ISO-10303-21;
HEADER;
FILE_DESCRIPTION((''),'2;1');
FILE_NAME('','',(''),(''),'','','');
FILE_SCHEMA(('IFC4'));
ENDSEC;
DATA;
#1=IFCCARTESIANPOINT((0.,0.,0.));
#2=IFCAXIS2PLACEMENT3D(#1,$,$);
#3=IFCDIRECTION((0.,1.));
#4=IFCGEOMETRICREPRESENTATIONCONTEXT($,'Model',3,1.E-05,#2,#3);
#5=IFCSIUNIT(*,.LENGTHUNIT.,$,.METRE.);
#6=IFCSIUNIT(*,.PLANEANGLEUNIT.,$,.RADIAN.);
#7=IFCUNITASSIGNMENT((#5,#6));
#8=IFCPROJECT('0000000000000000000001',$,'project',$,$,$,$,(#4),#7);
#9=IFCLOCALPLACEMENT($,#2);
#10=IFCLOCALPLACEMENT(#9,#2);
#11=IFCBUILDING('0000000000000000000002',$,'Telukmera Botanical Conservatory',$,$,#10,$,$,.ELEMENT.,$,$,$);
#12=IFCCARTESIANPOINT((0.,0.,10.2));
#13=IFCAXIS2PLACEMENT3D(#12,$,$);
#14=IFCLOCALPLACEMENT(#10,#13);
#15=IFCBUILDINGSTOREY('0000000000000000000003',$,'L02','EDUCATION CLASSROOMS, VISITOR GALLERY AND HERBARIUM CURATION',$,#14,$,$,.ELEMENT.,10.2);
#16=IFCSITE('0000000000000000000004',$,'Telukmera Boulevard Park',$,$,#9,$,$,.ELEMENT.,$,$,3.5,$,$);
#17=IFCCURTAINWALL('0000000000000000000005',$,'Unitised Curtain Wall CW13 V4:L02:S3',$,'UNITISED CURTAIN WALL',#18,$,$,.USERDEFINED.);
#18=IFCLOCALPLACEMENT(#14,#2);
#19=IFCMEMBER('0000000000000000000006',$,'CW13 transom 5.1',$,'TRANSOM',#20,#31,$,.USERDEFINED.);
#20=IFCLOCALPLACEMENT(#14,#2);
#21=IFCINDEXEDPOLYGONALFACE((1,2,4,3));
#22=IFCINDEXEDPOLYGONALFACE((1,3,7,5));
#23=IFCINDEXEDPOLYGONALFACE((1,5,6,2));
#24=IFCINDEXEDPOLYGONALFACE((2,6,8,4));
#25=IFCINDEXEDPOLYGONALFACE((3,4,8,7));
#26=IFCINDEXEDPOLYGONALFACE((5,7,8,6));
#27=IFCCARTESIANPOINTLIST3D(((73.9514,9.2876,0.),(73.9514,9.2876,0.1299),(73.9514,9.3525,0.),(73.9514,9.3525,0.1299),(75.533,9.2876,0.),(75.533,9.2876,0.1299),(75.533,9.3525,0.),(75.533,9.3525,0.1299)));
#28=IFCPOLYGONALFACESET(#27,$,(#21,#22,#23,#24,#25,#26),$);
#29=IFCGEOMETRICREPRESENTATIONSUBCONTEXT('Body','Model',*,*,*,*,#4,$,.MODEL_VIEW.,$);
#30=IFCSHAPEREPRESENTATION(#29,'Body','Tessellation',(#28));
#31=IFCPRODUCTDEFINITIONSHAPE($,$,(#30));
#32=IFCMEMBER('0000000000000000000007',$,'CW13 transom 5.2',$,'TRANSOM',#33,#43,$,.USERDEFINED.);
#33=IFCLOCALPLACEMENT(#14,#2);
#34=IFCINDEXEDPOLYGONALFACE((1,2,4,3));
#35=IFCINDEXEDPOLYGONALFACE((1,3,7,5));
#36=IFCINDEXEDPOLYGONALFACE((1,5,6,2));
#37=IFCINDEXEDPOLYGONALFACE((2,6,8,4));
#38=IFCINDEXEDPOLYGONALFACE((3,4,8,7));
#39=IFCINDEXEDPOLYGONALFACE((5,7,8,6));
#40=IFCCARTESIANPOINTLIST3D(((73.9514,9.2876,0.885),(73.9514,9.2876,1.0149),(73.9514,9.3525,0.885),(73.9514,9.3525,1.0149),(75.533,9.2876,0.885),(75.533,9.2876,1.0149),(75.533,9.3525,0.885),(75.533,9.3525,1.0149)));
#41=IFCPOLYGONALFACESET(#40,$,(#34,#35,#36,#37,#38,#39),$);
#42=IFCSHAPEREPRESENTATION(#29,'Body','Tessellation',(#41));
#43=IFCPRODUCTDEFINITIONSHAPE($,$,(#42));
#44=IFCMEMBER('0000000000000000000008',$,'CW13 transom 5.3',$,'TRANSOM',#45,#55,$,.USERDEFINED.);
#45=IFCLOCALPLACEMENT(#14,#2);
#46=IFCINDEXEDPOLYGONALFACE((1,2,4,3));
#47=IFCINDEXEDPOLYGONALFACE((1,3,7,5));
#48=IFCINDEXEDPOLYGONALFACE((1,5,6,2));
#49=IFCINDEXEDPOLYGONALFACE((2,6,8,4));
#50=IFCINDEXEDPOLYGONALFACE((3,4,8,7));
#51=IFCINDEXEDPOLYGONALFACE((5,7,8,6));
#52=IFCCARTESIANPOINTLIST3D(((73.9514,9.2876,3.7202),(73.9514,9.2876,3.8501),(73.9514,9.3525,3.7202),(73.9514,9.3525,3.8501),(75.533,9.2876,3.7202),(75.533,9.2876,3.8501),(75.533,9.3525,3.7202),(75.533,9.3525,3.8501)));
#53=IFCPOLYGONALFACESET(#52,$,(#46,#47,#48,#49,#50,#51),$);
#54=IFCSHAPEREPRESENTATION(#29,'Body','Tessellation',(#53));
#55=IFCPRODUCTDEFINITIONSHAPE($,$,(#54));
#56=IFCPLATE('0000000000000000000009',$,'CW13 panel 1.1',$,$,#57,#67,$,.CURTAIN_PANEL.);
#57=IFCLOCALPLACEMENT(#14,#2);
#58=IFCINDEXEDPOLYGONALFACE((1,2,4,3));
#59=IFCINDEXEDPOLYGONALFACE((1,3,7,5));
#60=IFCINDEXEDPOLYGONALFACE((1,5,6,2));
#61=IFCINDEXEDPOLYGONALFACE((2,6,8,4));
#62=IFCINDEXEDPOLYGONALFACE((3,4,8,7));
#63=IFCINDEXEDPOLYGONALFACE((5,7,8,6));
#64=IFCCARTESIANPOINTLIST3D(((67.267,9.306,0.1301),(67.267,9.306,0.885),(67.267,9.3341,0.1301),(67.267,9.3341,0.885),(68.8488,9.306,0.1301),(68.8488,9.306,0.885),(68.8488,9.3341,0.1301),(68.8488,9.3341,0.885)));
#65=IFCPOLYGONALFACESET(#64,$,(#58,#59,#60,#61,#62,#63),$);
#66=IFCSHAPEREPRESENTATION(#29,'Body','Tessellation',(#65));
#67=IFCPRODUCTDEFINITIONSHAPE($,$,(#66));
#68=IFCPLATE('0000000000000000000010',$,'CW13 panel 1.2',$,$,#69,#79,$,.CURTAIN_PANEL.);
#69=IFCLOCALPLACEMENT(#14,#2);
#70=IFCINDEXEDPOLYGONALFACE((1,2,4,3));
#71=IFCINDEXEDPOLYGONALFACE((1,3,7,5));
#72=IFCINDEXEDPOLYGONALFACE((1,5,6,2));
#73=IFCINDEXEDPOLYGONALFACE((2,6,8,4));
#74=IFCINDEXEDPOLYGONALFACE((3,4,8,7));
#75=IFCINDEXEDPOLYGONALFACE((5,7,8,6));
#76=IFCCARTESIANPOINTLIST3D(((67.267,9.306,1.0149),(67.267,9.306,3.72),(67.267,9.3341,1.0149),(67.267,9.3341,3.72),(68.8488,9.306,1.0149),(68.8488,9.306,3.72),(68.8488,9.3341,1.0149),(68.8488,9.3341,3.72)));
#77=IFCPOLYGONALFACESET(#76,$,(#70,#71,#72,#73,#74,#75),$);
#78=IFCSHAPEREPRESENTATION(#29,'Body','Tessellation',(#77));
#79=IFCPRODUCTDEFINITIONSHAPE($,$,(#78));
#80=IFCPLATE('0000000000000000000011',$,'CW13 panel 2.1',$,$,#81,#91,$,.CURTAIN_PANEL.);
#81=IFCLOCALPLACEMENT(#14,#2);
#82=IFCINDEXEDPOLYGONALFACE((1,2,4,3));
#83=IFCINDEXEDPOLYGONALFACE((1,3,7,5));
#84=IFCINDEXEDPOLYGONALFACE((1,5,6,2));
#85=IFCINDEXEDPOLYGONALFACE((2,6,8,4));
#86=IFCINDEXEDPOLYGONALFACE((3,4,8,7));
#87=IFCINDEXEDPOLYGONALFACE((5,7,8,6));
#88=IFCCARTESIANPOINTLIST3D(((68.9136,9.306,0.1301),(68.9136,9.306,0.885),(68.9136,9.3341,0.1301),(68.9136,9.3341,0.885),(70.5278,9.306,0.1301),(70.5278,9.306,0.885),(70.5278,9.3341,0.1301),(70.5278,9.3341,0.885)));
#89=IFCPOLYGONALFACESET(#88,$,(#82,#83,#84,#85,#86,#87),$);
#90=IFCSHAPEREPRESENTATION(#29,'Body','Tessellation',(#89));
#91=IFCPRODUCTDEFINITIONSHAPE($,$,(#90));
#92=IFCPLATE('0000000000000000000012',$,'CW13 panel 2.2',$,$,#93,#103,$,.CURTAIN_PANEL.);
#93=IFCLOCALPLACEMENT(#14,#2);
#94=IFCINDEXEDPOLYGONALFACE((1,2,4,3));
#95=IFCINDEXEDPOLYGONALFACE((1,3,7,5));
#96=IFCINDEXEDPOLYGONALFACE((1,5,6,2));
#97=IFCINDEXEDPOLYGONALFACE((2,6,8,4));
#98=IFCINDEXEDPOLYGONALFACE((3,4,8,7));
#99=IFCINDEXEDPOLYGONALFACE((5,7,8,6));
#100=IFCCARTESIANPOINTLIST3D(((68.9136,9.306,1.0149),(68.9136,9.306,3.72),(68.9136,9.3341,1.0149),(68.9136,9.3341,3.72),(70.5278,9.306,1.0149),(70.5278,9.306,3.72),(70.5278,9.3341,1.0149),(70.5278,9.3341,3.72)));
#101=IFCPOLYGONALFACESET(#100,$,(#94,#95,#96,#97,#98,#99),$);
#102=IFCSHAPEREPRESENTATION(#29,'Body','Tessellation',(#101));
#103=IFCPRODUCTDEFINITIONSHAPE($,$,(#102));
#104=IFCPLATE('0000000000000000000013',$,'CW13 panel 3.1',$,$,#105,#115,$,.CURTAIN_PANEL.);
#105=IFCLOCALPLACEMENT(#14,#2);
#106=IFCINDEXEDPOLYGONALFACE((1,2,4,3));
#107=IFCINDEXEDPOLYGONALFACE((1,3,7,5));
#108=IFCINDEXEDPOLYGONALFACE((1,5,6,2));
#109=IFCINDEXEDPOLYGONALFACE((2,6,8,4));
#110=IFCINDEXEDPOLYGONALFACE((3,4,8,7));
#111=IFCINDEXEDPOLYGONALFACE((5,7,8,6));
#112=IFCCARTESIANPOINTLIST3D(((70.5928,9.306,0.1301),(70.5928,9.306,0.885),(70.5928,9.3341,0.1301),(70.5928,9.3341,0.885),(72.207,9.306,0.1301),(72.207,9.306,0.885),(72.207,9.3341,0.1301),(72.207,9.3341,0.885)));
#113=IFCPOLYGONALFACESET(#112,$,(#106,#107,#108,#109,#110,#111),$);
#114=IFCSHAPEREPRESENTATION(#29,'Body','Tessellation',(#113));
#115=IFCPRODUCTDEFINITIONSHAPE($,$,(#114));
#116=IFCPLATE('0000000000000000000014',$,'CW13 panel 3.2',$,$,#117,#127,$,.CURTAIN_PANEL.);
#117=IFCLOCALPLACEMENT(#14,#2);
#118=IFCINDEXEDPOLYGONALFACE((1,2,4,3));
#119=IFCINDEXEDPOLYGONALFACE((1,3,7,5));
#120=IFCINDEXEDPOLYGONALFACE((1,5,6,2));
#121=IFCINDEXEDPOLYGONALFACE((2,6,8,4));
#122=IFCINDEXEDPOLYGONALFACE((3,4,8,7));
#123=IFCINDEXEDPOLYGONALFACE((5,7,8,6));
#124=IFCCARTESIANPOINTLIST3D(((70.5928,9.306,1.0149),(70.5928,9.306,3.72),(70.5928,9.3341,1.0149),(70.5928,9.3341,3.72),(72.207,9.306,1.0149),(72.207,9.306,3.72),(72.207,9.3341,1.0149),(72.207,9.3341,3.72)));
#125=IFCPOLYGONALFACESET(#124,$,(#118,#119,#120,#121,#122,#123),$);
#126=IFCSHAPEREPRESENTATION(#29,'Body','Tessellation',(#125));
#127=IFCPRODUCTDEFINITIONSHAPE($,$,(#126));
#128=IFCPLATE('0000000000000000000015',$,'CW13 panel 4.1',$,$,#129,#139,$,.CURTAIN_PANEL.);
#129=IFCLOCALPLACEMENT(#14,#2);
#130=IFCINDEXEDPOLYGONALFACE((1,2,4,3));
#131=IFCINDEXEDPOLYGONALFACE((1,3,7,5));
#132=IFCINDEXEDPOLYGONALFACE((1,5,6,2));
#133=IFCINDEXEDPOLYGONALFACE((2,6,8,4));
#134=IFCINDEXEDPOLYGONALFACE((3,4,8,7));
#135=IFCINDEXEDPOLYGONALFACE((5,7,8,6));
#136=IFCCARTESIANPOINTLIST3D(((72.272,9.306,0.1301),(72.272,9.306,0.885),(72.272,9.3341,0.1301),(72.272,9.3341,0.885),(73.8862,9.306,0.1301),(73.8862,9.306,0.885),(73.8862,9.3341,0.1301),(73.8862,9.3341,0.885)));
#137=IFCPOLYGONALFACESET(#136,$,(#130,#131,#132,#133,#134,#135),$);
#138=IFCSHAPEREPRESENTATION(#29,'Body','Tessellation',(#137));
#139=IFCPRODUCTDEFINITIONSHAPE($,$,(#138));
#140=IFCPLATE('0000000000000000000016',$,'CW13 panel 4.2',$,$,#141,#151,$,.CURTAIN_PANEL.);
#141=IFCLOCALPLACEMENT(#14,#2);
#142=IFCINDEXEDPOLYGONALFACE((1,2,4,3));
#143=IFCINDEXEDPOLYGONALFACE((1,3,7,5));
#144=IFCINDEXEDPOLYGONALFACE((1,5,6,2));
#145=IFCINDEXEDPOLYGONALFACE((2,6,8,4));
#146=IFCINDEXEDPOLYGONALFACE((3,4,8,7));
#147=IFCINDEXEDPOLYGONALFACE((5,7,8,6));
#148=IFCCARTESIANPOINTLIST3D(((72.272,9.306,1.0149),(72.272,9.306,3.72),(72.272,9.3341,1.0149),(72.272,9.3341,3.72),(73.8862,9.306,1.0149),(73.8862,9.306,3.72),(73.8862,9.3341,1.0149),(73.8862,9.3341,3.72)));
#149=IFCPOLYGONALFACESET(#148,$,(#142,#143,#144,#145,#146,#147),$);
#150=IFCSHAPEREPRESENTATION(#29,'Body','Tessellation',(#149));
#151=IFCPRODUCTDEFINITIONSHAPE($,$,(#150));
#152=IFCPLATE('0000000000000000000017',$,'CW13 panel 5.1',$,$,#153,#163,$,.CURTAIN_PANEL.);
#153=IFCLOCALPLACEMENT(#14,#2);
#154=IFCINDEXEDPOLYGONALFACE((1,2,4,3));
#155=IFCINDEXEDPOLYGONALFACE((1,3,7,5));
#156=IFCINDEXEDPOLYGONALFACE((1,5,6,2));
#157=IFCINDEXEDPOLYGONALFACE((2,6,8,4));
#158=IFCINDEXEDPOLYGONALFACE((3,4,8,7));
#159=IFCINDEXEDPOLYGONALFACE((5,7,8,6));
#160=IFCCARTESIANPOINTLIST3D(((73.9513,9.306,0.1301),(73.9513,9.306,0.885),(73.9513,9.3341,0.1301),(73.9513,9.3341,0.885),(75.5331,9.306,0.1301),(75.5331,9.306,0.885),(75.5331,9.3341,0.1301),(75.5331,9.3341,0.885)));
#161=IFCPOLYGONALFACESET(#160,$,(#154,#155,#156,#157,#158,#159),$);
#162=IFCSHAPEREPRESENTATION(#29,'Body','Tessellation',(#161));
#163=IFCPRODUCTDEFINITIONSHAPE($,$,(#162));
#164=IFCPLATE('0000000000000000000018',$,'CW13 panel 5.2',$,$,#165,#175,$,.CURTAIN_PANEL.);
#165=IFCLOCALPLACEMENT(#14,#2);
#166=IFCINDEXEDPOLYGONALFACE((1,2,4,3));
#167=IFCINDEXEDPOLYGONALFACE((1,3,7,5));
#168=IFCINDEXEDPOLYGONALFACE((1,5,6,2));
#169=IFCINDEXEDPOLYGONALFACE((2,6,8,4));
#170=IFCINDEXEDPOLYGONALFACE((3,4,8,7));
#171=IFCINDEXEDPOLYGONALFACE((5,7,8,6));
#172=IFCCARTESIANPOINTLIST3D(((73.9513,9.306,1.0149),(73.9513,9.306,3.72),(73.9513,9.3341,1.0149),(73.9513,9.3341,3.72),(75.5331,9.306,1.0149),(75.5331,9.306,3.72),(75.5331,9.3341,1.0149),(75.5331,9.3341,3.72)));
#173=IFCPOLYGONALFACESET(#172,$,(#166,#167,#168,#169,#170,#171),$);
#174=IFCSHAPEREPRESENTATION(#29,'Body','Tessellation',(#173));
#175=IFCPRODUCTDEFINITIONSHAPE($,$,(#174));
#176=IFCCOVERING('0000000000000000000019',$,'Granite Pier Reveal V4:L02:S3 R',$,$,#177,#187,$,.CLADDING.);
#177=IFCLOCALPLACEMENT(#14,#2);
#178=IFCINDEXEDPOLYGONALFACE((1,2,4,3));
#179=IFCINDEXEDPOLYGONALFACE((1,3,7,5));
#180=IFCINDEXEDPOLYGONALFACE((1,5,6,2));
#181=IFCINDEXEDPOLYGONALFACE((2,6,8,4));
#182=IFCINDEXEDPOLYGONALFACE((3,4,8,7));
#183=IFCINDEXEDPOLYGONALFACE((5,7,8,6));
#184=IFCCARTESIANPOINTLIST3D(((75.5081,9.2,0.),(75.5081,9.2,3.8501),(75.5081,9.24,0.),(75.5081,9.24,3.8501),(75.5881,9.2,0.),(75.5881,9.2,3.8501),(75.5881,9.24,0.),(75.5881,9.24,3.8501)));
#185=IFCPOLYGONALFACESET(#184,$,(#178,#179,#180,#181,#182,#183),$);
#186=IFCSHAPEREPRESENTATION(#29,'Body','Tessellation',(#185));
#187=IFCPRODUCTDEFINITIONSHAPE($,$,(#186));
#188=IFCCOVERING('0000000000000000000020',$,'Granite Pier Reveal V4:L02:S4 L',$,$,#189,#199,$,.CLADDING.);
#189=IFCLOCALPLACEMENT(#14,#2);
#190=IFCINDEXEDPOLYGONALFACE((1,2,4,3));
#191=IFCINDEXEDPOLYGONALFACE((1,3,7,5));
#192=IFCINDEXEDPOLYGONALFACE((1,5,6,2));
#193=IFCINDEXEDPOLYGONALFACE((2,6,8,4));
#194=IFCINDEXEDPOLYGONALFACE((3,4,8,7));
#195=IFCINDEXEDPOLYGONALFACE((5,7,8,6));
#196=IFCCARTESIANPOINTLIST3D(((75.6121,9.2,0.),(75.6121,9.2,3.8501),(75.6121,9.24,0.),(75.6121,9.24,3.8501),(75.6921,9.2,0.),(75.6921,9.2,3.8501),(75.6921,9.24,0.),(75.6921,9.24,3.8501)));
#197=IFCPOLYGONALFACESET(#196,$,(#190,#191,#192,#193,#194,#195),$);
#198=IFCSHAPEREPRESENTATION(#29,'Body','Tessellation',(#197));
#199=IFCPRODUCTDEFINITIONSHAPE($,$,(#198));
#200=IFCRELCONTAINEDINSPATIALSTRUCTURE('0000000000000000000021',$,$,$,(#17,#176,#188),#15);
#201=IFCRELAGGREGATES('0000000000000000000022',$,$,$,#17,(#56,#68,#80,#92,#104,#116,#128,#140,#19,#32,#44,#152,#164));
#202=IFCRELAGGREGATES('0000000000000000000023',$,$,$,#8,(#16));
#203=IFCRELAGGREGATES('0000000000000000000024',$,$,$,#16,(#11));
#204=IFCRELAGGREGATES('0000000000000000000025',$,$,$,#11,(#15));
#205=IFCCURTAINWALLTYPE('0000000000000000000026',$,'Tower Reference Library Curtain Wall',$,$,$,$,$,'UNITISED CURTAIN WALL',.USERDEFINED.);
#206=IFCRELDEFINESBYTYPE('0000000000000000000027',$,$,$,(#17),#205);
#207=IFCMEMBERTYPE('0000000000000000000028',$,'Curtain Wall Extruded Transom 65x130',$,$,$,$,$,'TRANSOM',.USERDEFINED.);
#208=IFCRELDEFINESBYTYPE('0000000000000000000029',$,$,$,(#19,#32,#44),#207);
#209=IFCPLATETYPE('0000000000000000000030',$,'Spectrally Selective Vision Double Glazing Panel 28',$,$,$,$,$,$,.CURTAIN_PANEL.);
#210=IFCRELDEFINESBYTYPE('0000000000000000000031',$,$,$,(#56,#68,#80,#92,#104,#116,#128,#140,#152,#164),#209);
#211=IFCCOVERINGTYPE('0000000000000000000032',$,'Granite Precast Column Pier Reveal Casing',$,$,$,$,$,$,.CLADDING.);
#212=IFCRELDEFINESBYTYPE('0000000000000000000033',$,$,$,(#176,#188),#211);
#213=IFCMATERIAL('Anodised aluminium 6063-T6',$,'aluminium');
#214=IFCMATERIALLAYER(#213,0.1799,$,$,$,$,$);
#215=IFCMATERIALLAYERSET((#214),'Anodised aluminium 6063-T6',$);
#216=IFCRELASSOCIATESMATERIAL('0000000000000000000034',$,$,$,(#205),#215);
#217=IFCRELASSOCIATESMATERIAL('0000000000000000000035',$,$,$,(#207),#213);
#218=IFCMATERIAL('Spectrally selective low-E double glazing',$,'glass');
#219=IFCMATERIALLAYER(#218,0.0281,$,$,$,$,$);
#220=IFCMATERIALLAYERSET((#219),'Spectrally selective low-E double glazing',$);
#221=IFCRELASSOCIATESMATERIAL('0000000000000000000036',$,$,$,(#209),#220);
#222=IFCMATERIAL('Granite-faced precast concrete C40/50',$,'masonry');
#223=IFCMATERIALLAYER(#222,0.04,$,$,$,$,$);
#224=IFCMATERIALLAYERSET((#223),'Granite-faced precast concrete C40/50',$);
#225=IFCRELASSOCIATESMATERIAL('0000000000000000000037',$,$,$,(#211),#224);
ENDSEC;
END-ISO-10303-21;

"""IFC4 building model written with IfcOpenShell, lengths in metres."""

from ifc_helpers import new_model, si_unit, direction, frame, origin, origin_2d, place, context, subcontext, project, spatial, rectangle, extrude, material, layer, layer_set, material_profile, profile_set, type_object, element, aggregate, save


model = new_model("IFC4")

# Units and contexts
model_context = context("Model", 3, precision=1e-05, world=origin(), true_north=direction((0.0, 1.0)))
body_context = subcontext(model_context, "Body", "Model", "MODEL_VIEW")
ifc_project = project(units=[si_unit("LENGTHUNIT", "METRE"), si_unit("PLANEANGLEUNIT", "RADIAN")], contexts=[model_context])

# Site, building, storey
site_placement = place(None, origin())
site = spatial("IfcSite", under=ifc_project, at=site_placement, Name="Telukmera Boulevard Park", CompositionType="ELEMENT", RefElevation=3.5)
building_placement = place(site_placement, origin())
building = spatial("IfcBuilding", under=site, at=building_placement, Name="Telukmera Botanical Conservatory", CompositionType="ELEMENT")
storey_placement = place(building_placement, frame((0.0, 0.0, 10.2)))
storey = spatial("IfcBuildingStorey", under=building, at=storey_placement, Name="L02", Description="EDUCATION CLASSROOMS, VISITOR GALLERY AND HERBARIUM CURATION", CompositionType="ELEMENT", Elevation=10.2)

# Curtain wall
ifc_material_1 = material(Name="Anodised aluminium 6063-T6", Category="aluminium")
ifc_layer_1 = layer(ifc_material_1, 0.1799)
ifc_layer_set_1 = layer_set([ifc_layer_1], Name="Anodised aluminium 6063-T6")
curtain_wall_type = type_object("IfcCurtainWallType", Name="Tower Reference Library Curtain Wall", ElementType="UNITISED CURTAIN WALL", PredefinedType="USERDEFINED", material=ifc_layer_set_1)
curtain_wall_1_placement = place(storey_placement, origin())
curtain_wall_1 = element("IfcCurtainWall", 1, at=curtain_wall_1_placement, inside=storey, type_object=curtain_wall_type, Name="Unitised Curtain Wall CW13 V4:L02:S3", ObjectType="UNITISED CURTAIN WALL", PredefinedType="USERDEFINED")

# Members
ifc_material_profile_1 = material_profile(ifc_material_1, rectangle(XDim=0.0649, YDim=0.1299, at=origin_2d()), Name="ALU TRAN 65x130")
ifc_profile_set_1 = profile_set([ifc_material_profile_1], Name="Anodised aluminium 6063-T6")
member_type_1 = type_object("IfcMemberType", Name="Curtain Wall Extruded Transom 65x130", ElementType="TRANSOM", PredefinedType="USERDEFINED", material=ifc_profile_set_1)
member_1_placement = place(storey_placement, frame((73.9514, 9.3201, 0.0649), z_axis=(1.0, 0.0, 0.0), x_axis=(0.0, 1.0, 0.0)))
member_1 = element("IfcMember", 2, at=member_1_placement, type_object=member_type_1, Name="CW13 transom 5.1", ObjectType="TRANSOM", PredefinedType="USERDEFINED", context=body_context, shape_type="SweptSolid", body=[
    extrude(rectangle(XDim=0.0649, YDim=0.1299, at=origin_2d()), origin(), (0.0, 0.0, 1.0), 1.5815),
])
member_2_placement = place(storey_placement, frame((73.9514, 9.3201, 0.95), z_axis=(1.0, 0.0, 0.0), x_axis=(0.0, 1.0, 0.0)))
member_2 = element("IfcMember", 3, at=member_2_placement, type_object=member_type_1, Name="CW13 transom 5.2", ObjectType="TRANSOM", PredefinedType="USERDEFINED", context=body_context, shape_type="SweptSolid", body=[
    extrude(rectangle(XDim=0.0649, YDim=0.1299, at=origin_2d()), origin(), (0.0, 0.0, 1.0), 1.5815),
])
member_3_placement = place(storey_placement, frame((73.9514, 9.3201, 3.7852), z_axis=(1.0, 0.0, 0.0), x_axis=(0.0, 1.0, 0.0)))
member_3 = element("IfcMember", 4, at=member_3_placement, type_object=member_type_1, Name="CW13 transom 5.3", ObjectType="TRANSOM", PredefinedType="USERDEFINED", context=body_context, shape_type="SweptSolid", body=[
    extrude(rectangle(XDim=0.0649, YDim=0.1299, at=origin_2d()), origin(), (0.0, 0.0, 1.0), 1.5815),
])

# Plates
ifc_material_2 = material(Name="Spectrally selective low-E double glazing", Category="glass")
ifc_layer_2 = layer(ifc_material_2, 0.0281)
ifc_layer_set_2 = layer_set([ifc_layer_2], Name="Spectrally selective low-E double glazing")
plate_type = type_object("IfcPlateType", Name="Spectrally Selective Vision Double Glazing Panel 28", PredefinedType="CURTAIN_PANEL", material=ifc_layer_set_2)
plate_1_placement = place(storey_placement, frame((68.0579, 9.3201, 0.1301), z_axis=(0.0, 0.0, 1.0), x_axis=(1.0, 0.0, 0.0)))
plate_1 = element("IfcPlate", 5, at=plate_1_placement, type_object=plate_type, Name="CW13 panel 1.1", PredefinedType="CURTAIN_PANEL", context=body_context, shape_type="SweptSolid", body=[
    extrude(rectangle(XDim=1.5818, YDim=0.0281, at=origin_2d()), origin(), (0.0, 0.0, 1.0), 0.7549),
])
plate_2_placement = place(storey_placement, frame((68.0579, 9.3201, 1.0149), z_axis=(0.0, 0.0, 1.0), x_axis=(1.0, 0.0, 0.0)))
plate_2 = element("IfcPlate", 6, at=plate_2_placement, type_object=plate_type, Name="CW13 panel 1.2", PredefinedType="CURTAIN_PANEL", context=body_context, shape_type="SweptSolid", body=[
    extrude(rectangle(XDim=1.5818, YDim=0.0281, at=origin_2d()), origin(), (0.0, 0.0, 1.0), 2.7051),
])
plate_3_placement = place(storey_placement, frame((69.7207, 9.3201, 0.1301), z_axis=(0.0, 0.0, 1.0), x_axis=(1.0, 0.0, 0.0)))
plate_3 = element("IfcPlate", 7, at=plate_3_placement, type_object=plate_type, Name="CW13 panel 2.1", PredefinedType="CURTAIN_PANEL", context=body_context, shape_type="SweptSolid", body=[
    extrude(rectangle(XDim=1.6143, YDim=0.0281, at=origin_2d()), origin(), (0.0, 0.0, 1.0), 0.7549),
])
plate_4_placement = place(storey_placement, frame((69.7207, 9.3201, 1.0149), z_axis=(0.0, 0.0, 1.0), x_axis=(1.0, 0.0, 0.0)))
plate_4 = element("IfcPlate", 8, at=plate_4_placement, type_object=plate_type, Name="CW13 panel 2.2", PredefinedType="CURTAIN_PANEL", context=body_context, shape_type="SweptSolid", body=[
    extrude(rectangle(XDim=1.6143, YDim=0.0281, at=origin_2d()), origin(), (0.0, 0.0, 1.0), 2.7051),
])
plate_5_placement = place(storey_placement, frame((71.3999, 9.3201, 0.1301), z_axis=(0.0, 0.0, 1.0), x_axis=(1.0, 0.0, 0.0)))
plate_5 = element("IfcPlate", 9, at=plate_5_placement, type_object=plate_type, Name="CW13 panel 3.1", PredefinedType="CURTAIN_PANEL", context=body_context, shape_type="SweptSolid", body=[
    extrude(rectangle(XDim=1.6143, YDim=0.0281, at=origin_2d()), origin(), (0.0, 0.0, 1.0), 0.7549),
])
plate_6_placement = place(storey_placement, frame((71.3999, 9.3201, 1.0149), z_axis=(0.0, 0.0, 1.0), x_axis=(1.0, 0.0, 0.0)))
plate_6 = element("IfcPlate", 10, at=plate_6_placement, type_object=plate_type, Name="CW13 panel 3.2", PredefinedType="CURTAIN_PANEL", context=body_context, shape_type="SweptSolid", body=[
    extrude(rectangle(XDim=1.6143, YDim=0.0281, at=origin_2d()), origin(), (0.0, 0.0, 1.0), 2.7051),
])
plate_7_placement = place(storey_placement, frame((73.0791, 9.3201, 0.1301), z_axis=(0.0, 0.0, 1.0), x_axis=(1.0, 0.0, 0.0)))
plate_7 = element("IfcPlate", 11, at=plate_7_placement, type_object=plate_type, Name="CW13 panel 4.1", PredefinedType="CURTAIN_PANEL", context=body_context, shape_type="SweptSolid", body=[
    extrude(rectangle(XDim=1.6143, YDim=0.0281, at=origin_2d()), origin(), (0.0, 0.0, 1.0), 0.7549),
])
plate_8_placement = place(storey_placement, frame((73.0791, 9.3201, 1.0149), z_axis=(0.0, 0.0, 1.0), x_axis=(1.0, 0.0, 0.0)))
plate_8 = element("IfcPlate", 12, at=plate_8_placement, type_object=plate_type, Name="CW13 panel 4.2", PredefinedType="CURTAIN_PANEL", context=body_context, shape_type="SweptSolid", body=[
    extrude(rectangle(XDim=1.6143, YDim=0.0281, at=origin_2d()), origin(), (0.0, 0.0, 1.0), 2.7051),
])
plate_9_placement = place(storey_placement, frame((74.7422, 9.3201, 0.1301), z_axis=(0.0, 0.0, 1.0), x_axis=(1.0, 0.0, 0.0)))
plate_9 = element("IfcPlate", 13, at=plate_9_placement, type_object=plate_type, Name="CW13 panel 5.1", PredefinedType="CURTAIN_PANEL", context=body_context, shape_type="SweptSolid", body=[
    extrude(rectangle(XDim=1.5818, YDim=0.0281, at=origin_2d()), origin(), (0.0, 0.0, 1.0), 0.7549),
])
plate_10_placement = place(storey_placement, frame((74.7422, 9.3201, 1.0149), z_axis=(0.0, 0.0, 1.0), x_axis=(1.0, 0.0, 0.0)))
plate_10 = element("IfcPlate", 14, at=plate_10_placement, type_object=plate_type, Name="CW13 panel 5.2", PredefinedType="CURTAIN_PANEL", context=body_context, shape_type="SweptSolid", body=[
    extrude(rectangle(XDim=1.5818, YDim=0.0281, at=origin_2d()), origin(), (0.0, 0.0, 1.0), 2.7051),
])
aggregate(curtain_wall_1, [plate_1, plate_2, plate_3, plate_4, plate_5, plate_6, plate_7, plate_8, member_1, member_2, member_3, plate_9, plate_10])

# Coverings
ifc_material_3 = material(Name="Granite-faced precast concrete C40/50", Category="masonry")
ifc_layer_3 = layer(ifc_material_3, 0.04)
ifc_layer_set_3 = layer_set([ifc_layer_3], Name="Granite-faced precast concrete C40/50")
covering_type = type_object("IfcCoveringType", Name="Granite Precast Column Pier Reveal Casing", PredefinedType="CLADDING", material=ifc_layer_set_3)
for number, where, z_axis, x_axis, name in (
    (15, (75.5481, 9.22, 0.0), (0.0, 0.0, 1.0), (1.0, 0.0, 0.0), "Granite Pier Reveal V4:L02:S3 R"),
    (16, (75.6521, 9.22, 0.0), (0.0, 0.0, 1.0), (1.0, 0.0, 0.0), "Granite Pier Reveal V4:L02:S4 L"),
):
    element("IfcCovering", number, at=place(storey_placement, frame(where, z_axis=z_axis, x_axis=x_axis)), inside=storey, type_object=covering_type, Name=name, PredefinedType="CLADDING", context=body_context, shape_type="SweptSolid", body=[
        extrude(rectangle(XDim=0.0801, YDim=0.04, at=origin_2d()), origin(), (0.0, 0.0, 1.0), 3.8501),
    ])

save(model, "model.ifc")
